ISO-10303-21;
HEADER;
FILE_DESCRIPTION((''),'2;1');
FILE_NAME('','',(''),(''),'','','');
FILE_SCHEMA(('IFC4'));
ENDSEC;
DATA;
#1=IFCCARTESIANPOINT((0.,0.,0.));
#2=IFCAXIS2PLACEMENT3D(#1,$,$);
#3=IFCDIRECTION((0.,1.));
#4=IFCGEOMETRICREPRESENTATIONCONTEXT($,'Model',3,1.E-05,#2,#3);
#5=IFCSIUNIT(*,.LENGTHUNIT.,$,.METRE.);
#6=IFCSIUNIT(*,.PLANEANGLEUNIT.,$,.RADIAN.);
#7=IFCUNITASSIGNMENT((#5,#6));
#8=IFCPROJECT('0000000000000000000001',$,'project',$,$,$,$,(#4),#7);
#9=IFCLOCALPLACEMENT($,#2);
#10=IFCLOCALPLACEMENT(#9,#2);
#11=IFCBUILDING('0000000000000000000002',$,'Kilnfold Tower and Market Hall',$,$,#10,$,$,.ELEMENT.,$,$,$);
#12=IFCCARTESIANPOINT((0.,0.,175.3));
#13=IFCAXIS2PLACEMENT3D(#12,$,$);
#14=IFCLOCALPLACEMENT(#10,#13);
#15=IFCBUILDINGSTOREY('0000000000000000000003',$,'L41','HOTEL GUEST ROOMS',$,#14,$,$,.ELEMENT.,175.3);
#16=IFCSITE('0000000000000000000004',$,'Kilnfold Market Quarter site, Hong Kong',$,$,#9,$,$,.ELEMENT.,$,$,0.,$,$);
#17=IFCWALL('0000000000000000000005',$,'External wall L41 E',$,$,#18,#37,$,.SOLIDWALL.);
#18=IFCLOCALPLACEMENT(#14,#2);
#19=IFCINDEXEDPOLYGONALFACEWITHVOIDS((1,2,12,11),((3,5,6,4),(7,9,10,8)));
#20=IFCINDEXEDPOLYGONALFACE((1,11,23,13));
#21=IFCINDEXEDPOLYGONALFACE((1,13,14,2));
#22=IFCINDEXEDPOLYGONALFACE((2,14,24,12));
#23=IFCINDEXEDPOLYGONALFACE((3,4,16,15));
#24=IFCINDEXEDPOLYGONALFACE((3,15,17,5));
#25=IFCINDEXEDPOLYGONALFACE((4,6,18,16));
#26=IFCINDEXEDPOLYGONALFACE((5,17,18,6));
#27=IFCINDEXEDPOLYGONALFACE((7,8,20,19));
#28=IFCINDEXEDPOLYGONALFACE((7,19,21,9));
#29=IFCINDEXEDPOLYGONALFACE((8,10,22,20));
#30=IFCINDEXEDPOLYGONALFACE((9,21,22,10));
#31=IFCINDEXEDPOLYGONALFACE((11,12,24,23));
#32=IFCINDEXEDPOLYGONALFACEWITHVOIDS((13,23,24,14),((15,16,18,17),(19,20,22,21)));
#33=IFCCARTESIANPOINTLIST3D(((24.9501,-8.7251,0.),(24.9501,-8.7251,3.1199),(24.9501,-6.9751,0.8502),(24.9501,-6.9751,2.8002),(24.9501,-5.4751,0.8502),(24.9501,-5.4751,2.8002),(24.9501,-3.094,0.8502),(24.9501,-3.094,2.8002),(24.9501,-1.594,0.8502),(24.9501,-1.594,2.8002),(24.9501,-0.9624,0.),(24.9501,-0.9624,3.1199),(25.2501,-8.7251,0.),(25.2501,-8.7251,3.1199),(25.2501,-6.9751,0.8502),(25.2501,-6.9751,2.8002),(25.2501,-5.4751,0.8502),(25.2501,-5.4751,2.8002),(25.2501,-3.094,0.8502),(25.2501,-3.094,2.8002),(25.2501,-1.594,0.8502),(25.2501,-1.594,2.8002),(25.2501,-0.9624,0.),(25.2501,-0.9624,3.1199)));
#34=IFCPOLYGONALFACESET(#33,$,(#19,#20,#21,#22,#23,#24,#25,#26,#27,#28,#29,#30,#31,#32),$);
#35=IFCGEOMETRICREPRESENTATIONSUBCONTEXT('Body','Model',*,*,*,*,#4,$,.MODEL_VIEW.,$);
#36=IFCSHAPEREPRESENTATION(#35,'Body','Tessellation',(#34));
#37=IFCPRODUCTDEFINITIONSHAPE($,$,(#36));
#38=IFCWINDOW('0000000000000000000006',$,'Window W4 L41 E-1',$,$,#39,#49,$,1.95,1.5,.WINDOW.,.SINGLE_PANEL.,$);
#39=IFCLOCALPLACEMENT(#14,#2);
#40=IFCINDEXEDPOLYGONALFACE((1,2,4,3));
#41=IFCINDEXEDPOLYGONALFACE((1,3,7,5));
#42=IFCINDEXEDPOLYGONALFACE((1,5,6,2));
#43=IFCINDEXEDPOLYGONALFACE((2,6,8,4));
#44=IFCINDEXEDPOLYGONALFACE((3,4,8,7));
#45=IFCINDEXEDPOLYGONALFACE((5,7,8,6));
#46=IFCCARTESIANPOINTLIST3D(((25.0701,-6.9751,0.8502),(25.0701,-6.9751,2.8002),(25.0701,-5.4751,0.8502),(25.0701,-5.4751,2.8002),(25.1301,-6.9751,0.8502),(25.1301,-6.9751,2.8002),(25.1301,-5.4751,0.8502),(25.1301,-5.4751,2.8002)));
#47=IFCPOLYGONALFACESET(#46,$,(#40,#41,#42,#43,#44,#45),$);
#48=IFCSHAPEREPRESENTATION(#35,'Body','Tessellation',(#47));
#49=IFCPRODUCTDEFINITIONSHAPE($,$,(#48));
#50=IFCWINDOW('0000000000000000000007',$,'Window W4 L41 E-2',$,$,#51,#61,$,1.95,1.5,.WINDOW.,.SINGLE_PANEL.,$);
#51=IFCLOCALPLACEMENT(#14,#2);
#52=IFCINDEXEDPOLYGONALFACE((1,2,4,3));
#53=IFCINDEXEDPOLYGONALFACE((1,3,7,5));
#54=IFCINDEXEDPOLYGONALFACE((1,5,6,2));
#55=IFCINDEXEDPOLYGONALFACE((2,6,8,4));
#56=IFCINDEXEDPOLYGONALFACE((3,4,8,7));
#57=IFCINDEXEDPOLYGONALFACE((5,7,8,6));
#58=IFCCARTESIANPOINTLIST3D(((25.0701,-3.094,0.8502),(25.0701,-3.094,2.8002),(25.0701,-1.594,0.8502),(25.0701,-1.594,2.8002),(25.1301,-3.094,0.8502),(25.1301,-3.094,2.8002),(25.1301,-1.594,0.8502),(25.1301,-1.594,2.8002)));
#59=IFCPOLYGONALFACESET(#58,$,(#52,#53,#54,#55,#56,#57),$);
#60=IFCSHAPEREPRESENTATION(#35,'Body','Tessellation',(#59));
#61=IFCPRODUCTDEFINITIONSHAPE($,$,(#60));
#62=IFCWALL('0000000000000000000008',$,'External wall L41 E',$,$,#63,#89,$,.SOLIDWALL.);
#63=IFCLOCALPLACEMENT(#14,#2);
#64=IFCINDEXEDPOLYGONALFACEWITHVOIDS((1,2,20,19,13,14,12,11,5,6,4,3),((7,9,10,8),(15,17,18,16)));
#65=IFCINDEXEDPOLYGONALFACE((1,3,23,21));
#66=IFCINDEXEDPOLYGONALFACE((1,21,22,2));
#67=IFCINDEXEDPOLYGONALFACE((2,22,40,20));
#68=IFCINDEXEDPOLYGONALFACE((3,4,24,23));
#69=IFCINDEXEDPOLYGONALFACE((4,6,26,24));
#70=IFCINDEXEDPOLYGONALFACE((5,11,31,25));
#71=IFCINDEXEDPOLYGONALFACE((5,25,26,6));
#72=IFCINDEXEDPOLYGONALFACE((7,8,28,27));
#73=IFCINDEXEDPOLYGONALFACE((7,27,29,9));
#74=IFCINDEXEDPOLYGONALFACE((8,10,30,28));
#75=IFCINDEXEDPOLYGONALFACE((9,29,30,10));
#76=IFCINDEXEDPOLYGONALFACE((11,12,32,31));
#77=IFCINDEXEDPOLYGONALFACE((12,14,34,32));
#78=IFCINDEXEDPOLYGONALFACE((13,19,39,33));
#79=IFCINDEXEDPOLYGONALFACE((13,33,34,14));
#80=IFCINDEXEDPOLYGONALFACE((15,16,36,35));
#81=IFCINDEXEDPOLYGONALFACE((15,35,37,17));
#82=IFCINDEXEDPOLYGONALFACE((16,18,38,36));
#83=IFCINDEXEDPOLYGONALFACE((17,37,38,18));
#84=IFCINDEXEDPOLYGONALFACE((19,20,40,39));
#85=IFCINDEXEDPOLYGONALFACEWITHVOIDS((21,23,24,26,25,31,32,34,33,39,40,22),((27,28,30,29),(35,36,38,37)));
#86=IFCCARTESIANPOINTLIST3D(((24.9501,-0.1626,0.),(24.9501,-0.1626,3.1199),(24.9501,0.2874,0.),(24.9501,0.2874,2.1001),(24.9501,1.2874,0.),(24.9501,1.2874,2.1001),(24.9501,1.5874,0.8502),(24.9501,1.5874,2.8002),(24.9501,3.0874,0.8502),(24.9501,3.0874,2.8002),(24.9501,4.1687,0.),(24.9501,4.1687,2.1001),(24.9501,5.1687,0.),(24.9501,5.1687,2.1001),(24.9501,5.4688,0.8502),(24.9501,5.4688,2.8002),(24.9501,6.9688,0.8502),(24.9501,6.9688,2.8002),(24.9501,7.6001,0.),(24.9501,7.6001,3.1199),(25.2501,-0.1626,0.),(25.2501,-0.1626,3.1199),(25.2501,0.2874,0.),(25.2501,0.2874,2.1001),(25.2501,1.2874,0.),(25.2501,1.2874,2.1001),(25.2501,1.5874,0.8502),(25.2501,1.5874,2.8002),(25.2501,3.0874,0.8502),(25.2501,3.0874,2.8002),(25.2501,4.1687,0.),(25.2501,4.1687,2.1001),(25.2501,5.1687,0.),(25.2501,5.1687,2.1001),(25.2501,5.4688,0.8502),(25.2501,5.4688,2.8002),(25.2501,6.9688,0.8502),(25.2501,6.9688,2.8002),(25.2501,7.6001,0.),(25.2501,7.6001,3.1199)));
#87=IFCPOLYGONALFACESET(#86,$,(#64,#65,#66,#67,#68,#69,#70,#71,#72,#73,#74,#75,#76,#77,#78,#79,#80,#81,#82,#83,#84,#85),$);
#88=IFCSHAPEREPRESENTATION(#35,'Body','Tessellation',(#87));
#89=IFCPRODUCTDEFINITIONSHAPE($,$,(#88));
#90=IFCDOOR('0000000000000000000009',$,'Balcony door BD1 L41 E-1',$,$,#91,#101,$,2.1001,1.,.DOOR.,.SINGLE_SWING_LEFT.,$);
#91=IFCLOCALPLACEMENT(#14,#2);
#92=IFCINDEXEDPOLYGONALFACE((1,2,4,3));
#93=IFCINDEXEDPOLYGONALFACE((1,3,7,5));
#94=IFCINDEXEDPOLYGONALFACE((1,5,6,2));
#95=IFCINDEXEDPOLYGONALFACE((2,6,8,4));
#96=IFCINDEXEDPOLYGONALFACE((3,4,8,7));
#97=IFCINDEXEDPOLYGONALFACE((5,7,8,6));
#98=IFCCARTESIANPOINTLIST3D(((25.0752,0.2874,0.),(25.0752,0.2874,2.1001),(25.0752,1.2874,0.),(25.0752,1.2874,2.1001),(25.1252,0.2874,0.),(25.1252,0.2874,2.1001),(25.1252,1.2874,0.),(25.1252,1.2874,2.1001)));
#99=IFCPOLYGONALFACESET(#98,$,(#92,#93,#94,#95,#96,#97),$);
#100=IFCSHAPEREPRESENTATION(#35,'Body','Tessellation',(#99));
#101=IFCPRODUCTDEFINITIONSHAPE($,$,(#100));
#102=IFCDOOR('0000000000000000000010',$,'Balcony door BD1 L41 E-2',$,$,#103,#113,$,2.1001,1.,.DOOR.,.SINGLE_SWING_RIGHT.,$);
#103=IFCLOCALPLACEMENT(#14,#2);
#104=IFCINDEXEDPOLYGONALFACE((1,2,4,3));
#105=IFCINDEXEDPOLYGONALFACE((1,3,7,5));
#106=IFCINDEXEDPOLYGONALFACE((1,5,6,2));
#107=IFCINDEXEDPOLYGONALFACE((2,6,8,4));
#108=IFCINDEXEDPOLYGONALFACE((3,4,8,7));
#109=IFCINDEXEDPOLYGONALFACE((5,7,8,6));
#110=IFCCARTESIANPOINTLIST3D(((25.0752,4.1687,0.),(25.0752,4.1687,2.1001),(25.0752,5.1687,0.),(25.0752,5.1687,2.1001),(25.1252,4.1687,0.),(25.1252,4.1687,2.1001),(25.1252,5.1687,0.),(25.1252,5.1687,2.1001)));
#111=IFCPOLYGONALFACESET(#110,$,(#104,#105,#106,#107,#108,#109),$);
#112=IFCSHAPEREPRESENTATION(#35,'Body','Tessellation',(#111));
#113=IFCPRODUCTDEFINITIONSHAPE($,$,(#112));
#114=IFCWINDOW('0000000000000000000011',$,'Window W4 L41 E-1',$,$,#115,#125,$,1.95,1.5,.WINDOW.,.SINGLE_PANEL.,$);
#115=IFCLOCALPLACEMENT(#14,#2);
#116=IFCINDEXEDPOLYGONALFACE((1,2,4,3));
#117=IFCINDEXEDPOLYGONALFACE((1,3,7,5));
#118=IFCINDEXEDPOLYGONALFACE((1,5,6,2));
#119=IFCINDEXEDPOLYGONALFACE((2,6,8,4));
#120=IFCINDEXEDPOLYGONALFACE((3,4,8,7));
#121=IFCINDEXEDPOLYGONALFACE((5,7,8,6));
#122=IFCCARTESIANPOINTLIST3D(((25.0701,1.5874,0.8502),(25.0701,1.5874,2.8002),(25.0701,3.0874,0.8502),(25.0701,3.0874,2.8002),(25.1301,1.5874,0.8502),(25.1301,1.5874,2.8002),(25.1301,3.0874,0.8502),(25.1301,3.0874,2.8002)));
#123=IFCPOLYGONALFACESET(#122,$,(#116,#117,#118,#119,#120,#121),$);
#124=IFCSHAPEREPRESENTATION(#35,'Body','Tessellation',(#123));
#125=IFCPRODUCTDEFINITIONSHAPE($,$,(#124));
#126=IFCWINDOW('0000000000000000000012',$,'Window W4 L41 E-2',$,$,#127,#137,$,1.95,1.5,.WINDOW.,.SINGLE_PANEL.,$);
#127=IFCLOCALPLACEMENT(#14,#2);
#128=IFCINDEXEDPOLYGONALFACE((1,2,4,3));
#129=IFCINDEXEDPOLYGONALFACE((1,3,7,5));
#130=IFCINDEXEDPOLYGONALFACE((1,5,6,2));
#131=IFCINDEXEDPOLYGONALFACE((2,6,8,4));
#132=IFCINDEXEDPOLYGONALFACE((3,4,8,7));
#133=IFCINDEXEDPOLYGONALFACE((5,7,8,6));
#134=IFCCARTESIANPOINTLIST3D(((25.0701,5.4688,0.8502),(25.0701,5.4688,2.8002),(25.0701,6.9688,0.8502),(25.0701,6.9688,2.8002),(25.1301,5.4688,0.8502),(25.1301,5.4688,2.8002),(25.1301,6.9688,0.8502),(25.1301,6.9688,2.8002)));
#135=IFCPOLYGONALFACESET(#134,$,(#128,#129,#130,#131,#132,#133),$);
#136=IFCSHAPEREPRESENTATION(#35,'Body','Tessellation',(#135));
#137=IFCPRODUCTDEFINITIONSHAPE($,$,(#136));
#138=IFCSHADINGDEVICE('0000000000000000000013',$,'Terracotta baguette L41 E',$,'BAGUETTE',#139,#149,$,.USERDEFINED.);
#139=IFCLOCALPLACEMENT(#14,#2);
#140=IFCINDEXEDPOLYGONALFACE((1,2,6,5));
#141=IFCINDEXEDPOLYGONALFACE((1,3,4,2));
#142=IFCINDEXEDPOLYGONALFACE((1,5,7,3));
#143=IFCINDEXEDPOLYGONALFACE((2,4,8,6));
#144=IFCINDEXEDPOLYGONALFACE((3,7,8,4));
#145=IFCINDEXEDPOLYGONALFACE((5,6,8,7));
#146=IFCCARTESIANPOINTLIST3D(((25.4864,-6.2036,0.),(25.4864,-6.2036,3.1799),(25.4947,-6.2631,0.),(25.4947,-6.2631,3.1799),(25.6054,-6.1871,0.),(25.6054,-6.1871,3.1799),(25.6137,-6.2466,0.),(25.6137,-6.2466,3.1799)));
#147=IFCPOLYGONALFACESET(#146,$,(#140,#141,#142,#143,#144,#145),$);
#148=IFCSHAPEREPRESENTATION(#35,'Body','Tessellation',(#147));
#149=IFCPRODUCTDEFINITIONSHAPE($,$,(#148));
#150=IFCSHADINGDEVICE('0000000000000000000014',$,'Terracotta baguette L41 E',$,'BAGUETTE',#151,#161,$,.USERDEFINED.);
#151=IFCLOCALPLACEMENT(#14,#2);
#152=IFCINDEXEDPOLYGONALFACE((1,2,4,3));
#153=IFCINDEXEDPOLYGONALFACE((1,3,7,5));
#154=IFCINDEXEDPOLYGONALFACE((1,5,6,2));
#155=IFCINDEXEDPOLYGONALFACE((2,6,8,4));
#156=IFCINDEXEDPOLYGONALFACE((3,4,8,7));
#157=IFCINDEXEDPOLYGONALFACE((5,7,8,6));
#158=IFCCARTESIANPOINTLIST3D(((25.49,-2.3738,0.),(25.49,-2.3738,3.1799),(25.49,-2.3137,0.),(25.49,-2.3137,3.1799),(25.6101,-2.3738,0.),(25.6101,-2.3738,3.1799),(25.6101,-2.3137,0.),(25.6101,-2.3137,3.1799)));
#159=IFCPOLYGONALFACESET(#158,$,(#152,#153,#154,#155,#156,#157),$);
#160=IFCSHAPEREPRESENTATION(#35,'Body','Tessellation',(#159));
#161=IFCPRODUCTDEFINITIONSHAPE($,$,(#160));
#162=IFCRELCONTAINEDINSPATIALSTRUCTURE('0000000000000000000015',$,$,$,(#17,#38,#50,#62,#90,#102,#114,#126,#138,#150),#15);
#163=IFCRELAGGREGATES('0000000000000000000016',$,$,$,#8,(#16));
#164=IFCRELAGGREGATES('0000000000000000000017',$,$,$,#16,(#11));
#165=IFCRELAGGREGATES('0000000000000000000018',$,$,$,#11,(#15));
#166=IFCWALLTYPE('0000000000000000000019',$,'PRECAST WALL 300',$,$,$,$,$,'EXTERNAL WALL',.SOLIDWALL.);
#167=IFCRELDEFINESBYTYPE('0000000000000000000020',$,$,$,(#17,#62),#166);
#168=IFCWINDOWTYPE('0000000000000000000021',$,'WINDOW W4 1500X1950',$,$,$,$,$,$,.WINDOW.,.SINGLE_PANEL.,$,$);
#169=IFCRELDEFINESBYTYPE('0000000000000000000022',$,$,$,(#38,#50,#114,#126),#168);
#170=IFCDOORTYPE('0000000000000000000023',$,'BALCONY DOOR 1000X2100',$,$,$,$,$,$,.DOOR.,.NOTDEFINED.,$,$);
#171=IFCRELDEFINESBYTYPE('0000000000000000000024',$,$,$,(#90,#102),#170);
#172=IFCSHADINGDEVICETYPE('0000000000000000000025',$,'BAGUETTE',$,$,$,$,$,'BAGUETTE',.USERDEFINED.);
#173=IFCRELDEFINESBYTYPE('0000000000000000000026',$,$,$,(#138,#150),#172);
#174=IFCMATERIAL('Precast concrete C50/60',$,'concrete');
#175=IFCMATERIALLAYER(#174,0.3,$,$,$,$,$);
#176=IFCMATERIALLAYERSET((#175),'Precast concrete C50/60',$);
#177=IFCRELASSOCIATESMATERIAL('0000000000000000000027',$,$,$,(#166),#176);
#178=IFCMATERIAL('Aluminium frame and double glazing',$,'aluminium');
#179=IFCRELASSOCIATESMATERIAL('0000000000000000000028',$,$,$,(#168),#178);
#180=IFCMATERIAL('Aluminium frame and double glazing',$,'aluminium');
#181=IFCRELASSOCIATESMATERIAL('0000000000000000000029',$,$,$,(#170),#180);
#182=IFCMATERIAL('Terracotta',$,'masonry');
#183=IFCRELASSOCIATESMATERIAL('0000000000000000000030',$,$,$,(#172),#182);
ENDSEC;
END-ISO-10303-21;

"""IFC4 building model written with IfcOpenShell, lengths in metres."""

from ifc_helpers import new_model, si_unit, direction, frame, frame_2d, origin, origin_2d, place, context, subcontext, project, spatial, rectangle, extrude, source, transform, mapped, material, layer, layer_set, material_profile, profile_set, type_object, element, fill, save


model = new_model("IFC4")

# Units and contexts
model_context = context("Model", 3, precision=1e-05, world=origin(), true_north=direction((0.0, 1.0)))
body_context = subcontext(model_context, "Body", "Model", "MODEL_VIEW")
ifc_project = project(units=[si_unit("LENGTHUNIT", "METRE"), si_unit("PLANEANGLEUNIT", "RADIAN")], contexts=[model_context])

# Site, building, storey
site_placement = place(None, origin())
site = spatial("IfcSite", under=ifc_project, at=site_placement, Name="Kilnfold Market Quarter site, Hong Kong", CompositionType="ELEMENT", RefElevation=0.0)
building_placement = place(site_placement, origin())
building = spatial("IfcBuilding", under=site, at=building_placement, Name="Kilnfold Tower and Market Hall", CompositionType="ELEMENT")
storey_placement = place(building_placement, frame((0.0, 0.0, 175.3)))
storey = spatial("IfcBuildingStorey", under=building, at=storey_placement, Name="L41", Description="HOTEL GUEST ROOMS", CompositionType="ELEMENT", Elevation=175.3)

# Wall, openings, windows
ifc_material_1 = material(Name="Precast concrete C50/60", Category="concrete")
ifc_layer_1 = layer(ifc_material_1, 0.3)
ifc_layer_set_1 = layer_set([ifc_layer_1], Name="Precast concrete C50/60")
wall_type_1 = type_object("IfcWallType", Name="PRECAST WALL 300", ElementType="EXTERNAL WALL", PredefinedType="SOLIDWALL", material=ifc_layer_set_1)
shared_shape_1 = source(origin(), body_context, "Body", "SweptSolid", [
    extrude(rectangle(XDim=7.7627, YDim=0.3, at=frame_2d((3.8813, 0.0))), origin(), (0.0, 0.0, 1.0), 3.1199),
])
wall_1_placement = place(storey_placement, frame((25.1001, -8.7251, 0.0), z_axis=(0.0, 0.0, 1.0), x_axis=(0.0, 1.0, 0.0)))
wall_1 = element("IfcWall", 1, at=wall_1_placement, inside=storey, type_object=wall_type_1, Name="External wall L41 E", PredefinedType="SOLIDWALL", context=body_context, shape_type="MappedRepresentation", body=[
    mapped(shared_shape_1, transform((0.0, 0.0, 0.0))),
])
opening_1_placement = place(wall_1_placement, frame((1.75, 0.0, 0.8501)))
opening_1 = element("IfcOpeningElement", 2, at=opening_1_placement, cuts=wall_1, PredefinedType="OPENING", context=body_context, shape_type="SweptSolid", body=[
    extrude(rectangle(XDim=1.5, YDim=1.95, at=frame_2d((0.75, 0.9751))), frame((0.0, 0.1602, 0.0), z_axis=(0.0, -1.0, 0.0), x_axis=(1.0, 0.0, 0.0)), (0.0, 0.0, 1.0), 0.3201),
])
opening_2_placement = place(wall_1_placement, frame((5.6311, 0.0, 0.8501)))
opening_2 = element("IfcOpeningElement", 3, at=opening_2_placement, cuts=wall_1, PredefinedType="OPENING", context=body_context, shape_type="SweptSolid", body=[
    extrude(rectangle(XDim=1.5, YDim=1.95, at=frame_2d((0.75, 0.9751))), frame((0.0, 0.1602, 0.0), z_axis=(0.0, -1.0, 0.0), x_axis=(1.0, 0.0, 0.0)), (0.0, 0.0, 1.0), 0.3201),
])
ifc_material_2 = material(Name="Aluminium frame and double glazing", Category="aluminium")
window_type = type_object("IfcWindowType", Name="WINDOW W4 1500X1950", PartitioningType="SINGLE_PANEL", PredefinedType="WINDOW", material=ifc_material_2)
window_1_placement = place(opening_1_placement, origin())
window_1 = element("IfcWindow", 4, at=window_1_placement, inside=storey, type_object=window_type, Name="Window W4 L41 E-1", OverallHeight=1.95, OverallWidth=1.5, PartitioningType="SINGLE_PANEL", PredefinedType="WINDOW", context=body_context, shape_type="SweptSolid", body=[
    extrude(rectangle(XDim=1.5, YDim=1.95, at=frame_2d((0.75, 0.9751))), frame((0.0, 0.03, 0.0), z_axis=(0.0, -1.0, 0.0), x_axis=(1.0, 0.0, 0.0)), (0.0, 0.0, 1.0), 0.0601),
])
fill(opening_1, window_1)
window_2_placement = place(opening_2_placement, origin())
window_2 = element("IfcWindow", 5, at=window_2_placement, inside=storey, type_object=window_type, Name="Window W4 L41 E-2", OverallHeight=1.95, OverallWidth=1.5, PartitioningType="SINGLE_PANEL", PredefinedType="WINDOW", context=body_context, shape_type="SweptSolid", body=[
    extrude(rectangle(XDim=1.5, YDim=1.95, at=frame_2d((0.75, 0.9751))), frame((0.0, 0.03, 0.0), z_axis=(0.0, -1.0, 0.0), x_axis=(1.0, 0.0, 0.0)), (0.0, 0.0, 1.0), 0.0601),
])
fill(opening_2, window_2)

# Wall, openings, doors, windows
wall_2_placement = place(storey_placement, frame((25.1001, -0.1626, 0.0), z_axis=(0.0, 0.0, 1.0), x_axis=(0.0, 1.0, 0.0)))
wall_2 = element("IfcWall", 6, at=wall_2_placement, inside=storey, type_object=wall_type_1, Name="External wall L41 E", PredefinedType="SOLIDWALL", context=body_context, shape_type="MappedRepresentation", body=[
    mapped(shared_shape_1, transform((0.0, 0.0, 0.0))),
])
opening_3_placement = place(wall_2_placement, frame((1.75, 0.0, 0.8501)))
opening_3 = element("IfcOpeningElement", 7, at=opening_3_placement, cuts=wall_2, PredefinedType="OPENING", context=body_context, shape_type="SweptSolid", body=[
    extrude(rectangle(XDim=1.5, YDim=1.95, at=frame_2d((0.75, 0.9751))), frame((0.0, 0.1602, 0.0), z_axis=(0.0, -1.0, 0.0), x_axis=(1.0, 0.0, 0.0)), (0.0, 0.0, 1.0), 0.3201),
])
opening_4_placement = place(wall_2_placement, frame((0.45, 0.0, 0.0)))
opening_4 = element("IfcOpeningElement", 8, at=opening_4_placement, cuts=wall_2, PredefinedType="OPENING", context=body_context, shape_type="SweptSolid", body=[
    extrude(rectangle(XDim=1.0, YDim=2.1001, at=frame_2d((0.5, 1.05))), frame((0.0, 0.1602, 0.0), z_axis=(0.0, -1.0, 0.0), x_axis=(1.0, 0.0, 0.0)), (0.0, 0.0, 1.0), 0.3201),
])
opening_5_placement = place(wall_2_placement, frame((5.6313, 0.0, 0.8501)))
opening_5 = element("IfcOpeningElement", 9, at=opening_5_placement, cuts=wall_2, PredefinedType="OPENING", context=body_context, shape_type="SweptSolid", body=[
    extrude(rectangle(XDim=1.5, YDim=1.95, at=frame_2d((0.75, 0.9751))), frame((0.0, 0.1602, 0.0), z_axis=(0.0, -1.0, 0.0), x_axis=(1.0, 0.0, 0.0)), (0.0, 0.0, 1.0), 0.3201),
])
opening_6_placement = place(wall_2_placement, frame((4.3313, 0.0, 0.0)))
opening_6 = element("IfcOpeningElement", 10, at=opening_6_placement, cuts=wall_2, PredefinedType="OPENING", context=body_context, shape_type="SweptSolid", body=[
    extrude(rectangle(XDim=1.0, YDim=2.1001, at=frame_2d((0.5, 1.05))), frame((0.0, 0.1602, 0.0), z_axis=(0.0, -1.0, 0.0), x_axis=(1.0, 0.0, 0.0)), (0.0, 0.0, 1.0), 0.3201),
])
ifc_material_3 = material(Name="Aluminium frame and double glazing", Category="aluminium")
door_type_1 = type_object("IfcDoorType", Name="BALCONY DOOR 1000X2100", OperationType="NOTDEFINED", PredefinedType="DOOR", material=ifc_material_3)
door_1_placement = place(opening_4_placement, origin())
door_1 = element("IfcDoor", 11, at=door_1_placement, inside=storey, type_object=door_type_1, Name="Balcony door BD1 L41 E-1", OperationType="SINGLE_SWING_LEFT", OverallHeight=2.1001, OverallWidth=1.0, PredefinedType="DOOR", context=body_context, shape_type="SweptSolid", body=[
    extrude(rectangle(XDim=1.0, YDim=2.1001, at=frame_2d((0.5, 1.05))), frame((0.0, 0.0249, 0.0), z_axis=(0.0, -1.0, 0.0), x_axis=(1.0, 0.0, 0.0)), (0.0, 0.0, 1.0), 0.05),
])
fill(opening_4, door_1)
door_2_placement = place(opening_6_placement, origin())
door_2 = element("IfcDoor", 12, at=door_2_placement, inside=storey, type_object=door_type_1, Name="Balcony door BD1 L41 E-2", OperationType="SINGLE_SWING_RIGHT", OverallHeight=2.1001, OverallWidth=1.0, PredefinedType="DOOR", context=body_context, shape_type="SweptSolid", body=[
    extrude(rectangle(XDim=1.0, YDim=2.1001, at=frame_2d((0.5, 1.05))), frame((0.0, 0.0249, 0.0), z_axis=(0.0, -1.0, 0.0), x_axis=(1.0, 0.0, 0.0)), (0.0, 0.0, 1.0), 0.05),
])
fill(opening_6, door_2)
window_3_placement = place(opening_3_placement, origin())
window_3 = element("IfcWindow", 13, at=window_3_placement, inside=storey, type_object=window_type, Name="Window W4 L41 E-1", OverallHeight=1.95, OverallWidth=1.5, PartitioningType="SINGLE_PANEL", PredefinedType="WINDOW", context=body_context, shape_type="SweptSolid", body=[
    extrude(rectangle(XDim=1.5, YDim=1.95, at=frame_2d((0.75, 0.9751))), frame((0.0, 0.03, 0.0), z_axis=(0.0, -1.0, 0.0), x_axis=(1.0, 0.0, 0.0)), (0.0, 0.0, 1.0), 0.0601),
])
fill(opening_3, window_3)
window_4_placement = place(opening_5_placement, origin())
window_4 = element("IfcWindow", 14, at=window_4_placement, inside=storey, type_object=window_type, Name="Window W4 L41 E-2", OverallHeight=1.95, OverallWidth=1.5, PartitioningType="SINGLE_PANEL", PredefinedType="WINDOW", context=body_context, shape_type="SweptSolid", body=[
    extrude(rectangle(XDim=1.5, YDim=1.95, at=frame_2d((0.75, 0.9751))), frame((0.0, 0.03, 0.0), z_axis=(0.0, -1.0, 0.0), x_axis=(1.0, 0.0, 0.0)), (0.0, 0.0, 1.0), 0.0601),
])
fill(opening_5, window_4)

# Shading devices
ifc_material_4 = material(Name="Terracotta", Category="masonry")
ifc_material_profile_1 = material_profile(ifc_material_4, rectangle(XDim=0.0601, YDim=0.1201, at=origin_2d()), Name="BAG 60x120")
ifc_profile_set_1 = profile_set([ifc_material_profile_1], Name="Terracotta")
shading_device_type = type_object("IfcShadingDeviceType", Name="BAGUETTE", ElementType="BAGUETTE", PredefinedType="USERDEFINED", material=ifc_profile_set_1)
shared_shape_2 = source(origin(), body_context, "Body", "SweptSolid", [
    extrude(rectangle(XDim=0.0601, YDim=0.1201, at=origin_2d()), origin(), (0.0, 0.0, 1.0), 3.1799),
])
for number, where, z_axis, x_axis, name in (
    (15, (25.55, -6.2251, 0.0), (0.0, 0.0, 1.0), (-0.137175, 0.990547, 0.0), "Terracotta baguette L41 E"),
    (16, (25.55, -2.3438, 0.0), (0.0, 0.0, 1.0), (0.000122, 1.0, 0.0), "Terracotta baguette L41 E"),
):
    element("IfcShadingDevice", number, at=place(storey_placement, frame(where, z_axis=z_axis, x_axis=x_axis)), inside=storey, type_object=shading_device_type, Name=name, ObjectType="BAGUETTE", PredefinedType="USERDEFINED", context=body_context, shape_type="MappedRepresentation", body=[
        mapped(shared_shape_2, transform((0.0, 0.0, 0.0))),
    ])

save(model, "model.ifc")
